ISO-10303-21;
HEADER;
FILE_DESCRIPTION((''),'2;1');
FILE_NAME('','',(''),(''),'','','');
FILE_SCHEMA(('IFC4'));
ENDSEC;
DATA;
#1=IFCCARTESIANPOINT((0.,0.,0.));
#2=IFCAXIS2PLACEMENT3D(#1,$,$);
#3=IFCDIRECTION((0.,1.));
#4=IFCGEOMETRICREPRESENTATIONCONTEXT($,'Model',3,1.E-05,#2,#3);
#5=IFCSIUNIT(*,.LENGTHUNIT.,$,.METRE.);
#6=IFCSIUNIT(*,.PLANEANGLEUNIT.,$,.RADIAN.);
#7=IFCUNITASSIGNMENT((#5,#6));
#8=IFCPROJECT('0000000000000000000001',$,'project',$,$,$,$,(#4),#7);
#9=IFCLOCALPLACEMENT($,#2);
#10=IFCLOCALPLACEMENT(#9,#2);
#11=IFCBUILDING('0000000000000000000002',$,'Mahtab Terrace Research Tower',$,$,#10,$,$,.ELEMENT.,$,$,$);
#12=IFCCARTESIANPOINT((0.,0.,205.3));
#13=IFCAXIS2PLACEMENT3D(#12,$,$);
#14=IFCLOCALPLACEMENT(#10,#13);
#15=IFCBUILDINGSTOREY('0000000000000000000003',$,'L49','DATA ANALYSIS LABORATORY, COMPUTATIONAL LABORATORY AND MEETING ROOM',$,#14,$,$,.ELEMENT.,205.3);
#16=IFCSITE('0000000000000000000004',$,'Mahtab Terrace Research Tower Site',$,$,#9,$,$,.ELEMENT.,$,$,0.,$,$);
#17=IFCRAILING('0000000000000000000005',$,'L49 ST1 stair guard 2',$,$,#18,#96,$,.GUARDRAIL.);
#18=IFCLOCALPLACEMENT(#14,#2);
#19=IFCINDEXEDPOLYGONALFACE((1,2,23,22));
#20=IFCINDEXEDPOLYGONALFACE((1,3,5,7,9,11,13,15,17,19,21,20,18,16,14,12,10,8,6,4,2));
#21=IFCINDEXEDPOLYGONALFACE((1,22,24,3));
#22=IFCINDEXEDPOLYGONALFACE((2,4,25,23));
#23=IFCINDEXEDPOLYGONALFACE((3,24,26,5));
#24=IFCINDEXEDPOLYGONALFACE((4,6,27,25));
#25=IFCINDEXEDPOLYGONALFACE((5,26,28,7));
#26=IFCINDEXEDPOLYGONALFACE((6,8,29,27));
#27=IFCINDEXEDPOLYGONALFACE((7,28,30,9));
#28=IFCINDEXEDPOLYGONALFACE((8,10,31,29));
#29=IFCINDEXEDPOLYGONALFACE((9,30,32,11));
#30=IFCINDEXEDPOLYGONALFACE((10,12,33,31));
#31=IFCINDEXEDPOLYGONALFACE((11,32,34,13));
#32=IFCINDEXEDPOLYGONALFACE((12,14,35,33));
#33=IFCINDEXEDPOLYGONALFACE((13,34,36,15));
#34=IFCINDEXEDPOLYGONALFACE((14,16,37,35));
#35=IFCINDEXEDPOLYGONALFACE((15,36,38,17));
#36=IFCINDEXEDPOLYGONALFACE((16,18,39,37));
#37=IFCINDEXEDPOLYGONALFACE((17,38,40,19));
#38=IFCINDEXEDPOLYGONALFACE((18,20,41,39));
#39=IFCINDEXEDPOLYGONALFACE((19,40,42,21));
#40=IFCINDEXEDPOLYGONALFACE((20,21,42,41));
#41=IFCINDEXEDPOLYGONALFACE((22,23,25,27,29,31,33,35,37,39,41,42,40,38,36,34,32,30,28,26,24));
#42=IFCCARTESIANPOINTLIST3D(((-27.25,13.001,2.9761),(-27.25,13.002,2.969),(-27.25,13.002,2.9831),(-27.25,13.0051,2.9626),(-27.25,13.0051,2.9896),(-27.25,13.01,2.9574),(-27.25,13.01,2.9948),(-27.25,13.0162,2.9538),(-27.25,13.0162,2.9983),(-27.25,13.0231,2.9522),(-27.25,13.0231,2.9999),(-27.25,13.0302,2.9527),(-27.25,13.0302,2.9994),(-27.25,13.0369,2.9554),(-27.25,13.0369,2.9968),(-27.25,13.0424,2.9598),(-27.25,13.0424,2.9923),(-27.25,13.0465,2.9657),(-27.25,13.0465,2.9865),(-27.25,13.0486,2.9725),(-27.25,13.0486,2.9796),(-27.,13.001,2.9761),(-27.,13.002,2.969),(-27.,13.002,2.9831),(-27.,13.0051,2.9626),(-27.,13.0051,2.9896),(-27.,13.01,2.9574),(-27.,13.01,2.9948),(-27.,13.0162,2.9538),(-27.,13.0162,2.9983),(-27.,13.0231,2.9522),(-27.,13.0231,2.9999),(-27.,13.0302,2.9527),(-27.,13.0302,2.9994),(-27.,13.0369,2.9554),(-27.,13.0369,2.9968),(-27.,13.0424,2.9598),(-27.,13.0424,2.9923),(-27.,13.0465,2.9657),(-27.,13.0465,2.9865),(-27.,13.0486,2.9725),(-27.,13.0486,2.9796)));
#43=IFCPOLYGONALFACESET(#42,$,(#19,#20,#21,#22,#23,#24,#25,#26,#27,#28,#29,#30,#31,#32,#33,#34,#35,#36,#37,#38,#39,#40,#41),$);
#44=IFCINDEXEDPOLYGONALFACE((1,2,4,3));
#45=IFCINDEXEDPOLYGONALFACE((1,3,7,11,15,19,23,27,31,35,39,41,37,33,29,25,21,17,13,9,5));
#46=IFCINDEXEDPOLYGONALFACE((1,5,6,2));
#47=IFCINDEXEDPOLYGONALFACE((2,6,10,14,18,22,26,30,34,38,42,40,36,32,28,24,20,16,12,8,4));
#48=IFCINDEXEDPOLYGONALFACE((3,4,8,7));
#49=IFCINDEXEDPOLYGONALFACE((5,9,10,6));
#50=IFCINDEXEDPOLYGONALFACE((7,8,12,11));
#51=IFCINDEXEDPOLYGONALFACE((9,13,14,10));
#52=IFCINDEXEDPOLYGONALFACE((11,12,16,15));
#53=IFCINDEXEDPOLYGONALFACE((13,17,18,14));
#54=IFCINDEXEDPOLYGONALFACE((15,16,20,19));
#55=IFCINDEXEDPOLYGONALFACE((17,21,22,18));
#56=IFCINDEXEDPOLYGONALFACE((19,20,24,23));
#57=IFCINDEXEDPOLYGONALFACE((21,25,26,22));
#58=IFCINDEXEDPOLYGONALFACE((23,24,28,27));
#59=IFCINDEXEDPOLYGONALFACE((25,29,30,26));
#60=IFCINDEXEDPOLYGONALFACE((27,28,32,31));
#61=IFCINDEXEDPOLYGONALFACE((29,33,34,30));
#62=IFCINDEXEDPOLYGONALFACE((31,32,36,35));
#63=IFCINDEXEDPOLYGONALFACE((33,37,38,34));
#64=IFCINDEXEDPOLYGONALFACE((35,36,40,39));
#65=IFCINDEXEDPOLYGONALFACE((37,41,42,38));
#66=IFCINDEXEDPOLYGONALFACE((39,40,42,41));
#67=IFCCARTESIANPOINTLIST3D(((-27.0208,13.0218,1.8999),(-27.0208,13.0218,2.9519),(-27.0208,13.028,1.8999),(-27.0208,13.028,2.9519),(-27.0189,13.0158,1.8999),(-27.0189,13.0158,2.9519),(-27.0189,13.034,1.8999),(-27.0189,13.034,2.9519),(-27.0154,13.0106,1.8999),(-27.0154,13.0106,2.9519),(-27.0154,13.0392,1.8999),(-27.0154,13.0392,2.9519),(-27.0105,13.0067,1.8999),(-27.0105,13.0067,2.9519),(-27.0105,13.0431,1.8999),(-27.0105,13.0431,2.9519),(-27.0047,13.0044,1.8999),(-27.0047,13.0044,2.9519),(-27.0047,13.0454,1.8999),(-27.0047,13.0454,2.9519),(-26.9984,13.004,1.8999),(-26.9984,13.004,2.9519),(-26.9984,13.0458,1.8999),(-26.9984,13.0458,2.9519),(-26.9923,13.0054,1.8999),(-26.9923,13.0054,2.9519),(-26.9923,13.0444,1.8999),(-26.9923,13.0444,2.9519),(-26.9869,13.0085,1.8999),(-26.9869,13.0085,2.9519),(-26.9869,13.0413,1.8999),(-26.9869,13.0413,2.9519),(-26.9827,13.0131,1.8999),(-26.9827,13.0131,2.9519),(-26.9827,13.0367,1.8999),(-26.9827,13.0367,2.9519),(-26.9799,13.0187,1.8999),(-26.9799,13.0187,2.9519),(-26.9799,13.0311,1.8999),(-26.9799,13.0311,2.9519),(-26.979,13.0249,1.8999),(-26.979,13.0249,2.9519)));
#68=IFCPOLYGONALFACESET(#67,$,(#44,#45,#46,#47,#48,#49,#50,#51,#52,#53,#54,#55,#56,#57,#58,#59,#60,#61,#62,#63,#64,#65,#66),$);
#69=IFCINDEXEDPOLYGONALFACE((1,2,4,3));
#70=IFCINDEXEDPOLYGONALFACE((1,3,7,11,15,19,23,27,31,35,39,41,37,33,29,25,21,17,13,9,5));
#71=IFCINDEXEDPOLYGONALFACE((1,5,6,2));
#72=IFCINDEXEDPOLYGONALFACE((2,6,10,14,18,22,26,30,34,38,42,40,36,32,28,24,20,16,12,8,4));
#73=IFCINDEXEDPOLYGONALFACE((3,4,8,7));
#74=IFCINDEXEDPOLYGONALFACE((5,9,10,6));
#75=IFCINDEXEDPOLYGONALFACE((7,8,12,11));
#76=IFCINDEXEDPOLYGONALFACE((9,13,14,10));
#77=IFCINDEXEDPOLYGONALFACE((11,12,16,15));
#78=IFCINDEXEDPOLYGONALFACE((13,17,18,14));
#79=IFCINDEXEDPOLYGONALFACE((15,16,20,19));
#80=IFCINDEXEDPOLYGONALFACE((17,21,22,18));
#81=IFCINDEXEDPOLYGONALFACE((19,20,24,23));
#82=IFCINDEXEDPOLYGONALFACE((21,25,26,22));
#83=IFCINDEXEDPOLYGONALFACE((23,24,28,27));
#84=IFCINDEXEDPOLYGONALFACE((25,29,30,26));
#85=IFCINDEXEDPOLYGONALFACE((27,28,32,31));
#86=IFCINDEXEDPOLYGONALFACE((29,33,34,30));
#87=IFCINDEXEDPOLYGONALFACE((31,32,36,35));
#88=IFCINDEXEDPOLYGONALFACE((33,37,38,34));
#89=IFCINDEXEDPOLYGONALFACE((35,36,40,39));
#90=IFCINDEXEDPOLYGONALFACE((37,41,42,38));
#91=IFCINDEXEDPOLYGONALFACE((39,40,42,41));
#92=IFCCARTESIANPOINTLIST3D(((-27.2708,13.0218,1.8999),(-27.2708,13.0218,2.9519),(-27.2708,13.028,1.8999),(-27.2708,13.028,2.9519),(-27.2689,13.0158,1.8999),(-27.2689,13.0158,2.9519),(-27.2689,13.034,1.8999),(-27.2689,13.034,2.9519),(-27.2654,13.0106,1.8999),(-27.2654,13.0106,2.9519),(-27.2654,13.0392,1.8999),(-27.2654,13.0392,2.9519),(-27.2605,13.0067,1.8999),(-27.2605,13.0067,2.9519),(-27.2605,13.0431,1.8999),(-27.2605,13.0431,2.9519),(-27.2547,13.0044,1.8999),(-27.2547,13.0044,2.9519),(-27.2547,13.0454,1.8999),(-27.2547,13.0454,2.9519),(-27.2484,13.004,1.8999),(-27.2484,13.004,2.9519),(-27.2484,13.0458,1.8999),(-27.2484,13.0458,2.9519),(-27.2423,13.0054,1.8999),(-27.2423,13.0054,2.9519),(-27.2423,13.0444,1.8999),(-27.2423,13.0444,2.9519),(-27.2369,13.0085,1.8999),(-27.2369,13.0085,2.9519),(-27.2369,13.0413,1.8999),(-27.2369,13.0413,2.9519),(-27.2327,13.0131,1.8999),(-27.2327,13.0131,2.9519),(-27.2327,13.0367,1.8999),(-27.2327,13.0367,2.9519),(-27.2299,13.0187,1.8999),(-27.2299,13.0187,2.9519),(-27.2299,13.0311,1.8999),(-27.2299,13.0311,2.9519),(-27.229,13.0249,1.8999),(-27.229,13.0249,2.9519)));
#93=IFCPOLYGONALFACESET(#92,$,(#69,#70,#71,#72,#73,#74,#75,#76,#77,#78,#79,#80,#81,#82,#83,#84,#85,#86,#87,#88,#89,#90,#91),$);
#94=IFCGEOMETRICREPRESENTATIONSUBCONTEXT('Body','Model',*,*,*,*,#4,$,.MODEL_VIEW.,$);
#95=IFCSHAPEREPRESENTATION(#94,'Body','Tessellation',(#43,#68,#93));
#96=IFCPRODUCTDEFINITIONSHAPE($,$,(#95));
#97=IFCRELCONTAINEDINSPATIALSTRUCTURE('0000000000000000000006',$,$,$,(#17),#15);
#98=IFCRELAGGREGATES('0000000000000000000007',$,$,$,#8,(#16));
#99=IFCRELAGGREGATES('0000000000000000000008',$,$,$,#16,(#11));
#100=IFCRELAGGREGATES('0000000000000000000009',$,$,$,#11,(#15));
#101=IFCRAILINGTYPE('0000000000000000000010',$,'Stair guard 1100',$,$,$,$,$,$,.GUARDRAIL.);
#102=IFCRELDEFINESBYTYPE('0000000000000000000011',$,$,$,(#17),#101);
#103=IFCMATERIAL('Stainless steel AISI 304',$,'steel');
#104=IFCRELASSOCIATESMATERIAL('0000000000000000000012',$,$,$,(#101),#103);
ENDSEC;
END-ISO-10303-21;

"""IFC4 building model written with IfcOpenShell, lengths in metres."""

from ifc_helpers import new_model, si_unit, direction, frame, origin, origin_2d, place, context, subcontext, project, spatial, circle, extrude, material, type_object, element, save


model = new_model("IFC4")

# Units and contexts
model_context = context("Model", 3, precision=1e-05, world=origin(), true_north=direction((0.0, 1.0)))
body_context = subcontext(model_context, "Body", "Model", "MODEL_VIEW")
ifc_project = project(units=[si_unit("LENGTHUNIT", "METRE"), si_unit("PLANEANGLEUNIT", "RADIAN")], contexts=[model_context])

# Site, building, storey
site_placement = place(None, origin())
site = spatial("IfcSite", under=ifc_project, at=site_placement, Name="Mahtab Terrace Research Tower Site", CompositionType="ELEMENT", RefElevation=0.0)
building_placement = place(site_placement, origin())
building = spatial("IfcBuilding", under=site, at=building_placement, Name="Mahtab Terrace Research Tower", CompositionType="ELEMENT")
storey_placement = place(building_placement, frame((0.0, 0.0, 205.3)))
storey = spatial("IfcBuildingStorey", under=building, at=storey_placement, Name="L49", Description="DATA ANALYSIS LABORATORY, COMPUTATIONAL LABORATORY AND MEETING ROOM", CompositionType="ELEMENT", Elevation=205.3)

# Railing
ifc_material_1 = material(Name="Stainless steel AISI 304", Category="steel")
railing_type_1 = type_object("IfcRailingType", Name="Stair guard 1100", PredefinedType="GUARDRAIL", material=ifc_material_1)
railing_1_placement = place(storey_placement, frame((-27.0, 13.0249, 1.8999)))
element("IfcRailing", 1, at=railing_1_placement, inside=storey, type_object=railing_type_1, Name="L49 ST1 stair guard 2", PredefinedType="GUARDRAIL", context=body_context, shape_type="SweptSolid", body=[
    extrude(circle(Radius=0.0239, at=origin_2d()), frame((0.0, 0.0, 1.0762), z_axis=(-1.0, 0.0, 0.0), x_axis=(0.0, -1.0, 0.0)), (0.0, 0.0, 1.0), 0.25),
    extrude(circle(Radius=0.021, at=origin_2d()), origin(), (0.0, 0.0, 1.0), 1.052),
    extrude(circle(Radius=0.021, at=origin_2d()), frame((-0.25, 0.0, 0.0)), (0.0, 0.0, 1.0), 1.052),
])

save(model, "model.ifc")
